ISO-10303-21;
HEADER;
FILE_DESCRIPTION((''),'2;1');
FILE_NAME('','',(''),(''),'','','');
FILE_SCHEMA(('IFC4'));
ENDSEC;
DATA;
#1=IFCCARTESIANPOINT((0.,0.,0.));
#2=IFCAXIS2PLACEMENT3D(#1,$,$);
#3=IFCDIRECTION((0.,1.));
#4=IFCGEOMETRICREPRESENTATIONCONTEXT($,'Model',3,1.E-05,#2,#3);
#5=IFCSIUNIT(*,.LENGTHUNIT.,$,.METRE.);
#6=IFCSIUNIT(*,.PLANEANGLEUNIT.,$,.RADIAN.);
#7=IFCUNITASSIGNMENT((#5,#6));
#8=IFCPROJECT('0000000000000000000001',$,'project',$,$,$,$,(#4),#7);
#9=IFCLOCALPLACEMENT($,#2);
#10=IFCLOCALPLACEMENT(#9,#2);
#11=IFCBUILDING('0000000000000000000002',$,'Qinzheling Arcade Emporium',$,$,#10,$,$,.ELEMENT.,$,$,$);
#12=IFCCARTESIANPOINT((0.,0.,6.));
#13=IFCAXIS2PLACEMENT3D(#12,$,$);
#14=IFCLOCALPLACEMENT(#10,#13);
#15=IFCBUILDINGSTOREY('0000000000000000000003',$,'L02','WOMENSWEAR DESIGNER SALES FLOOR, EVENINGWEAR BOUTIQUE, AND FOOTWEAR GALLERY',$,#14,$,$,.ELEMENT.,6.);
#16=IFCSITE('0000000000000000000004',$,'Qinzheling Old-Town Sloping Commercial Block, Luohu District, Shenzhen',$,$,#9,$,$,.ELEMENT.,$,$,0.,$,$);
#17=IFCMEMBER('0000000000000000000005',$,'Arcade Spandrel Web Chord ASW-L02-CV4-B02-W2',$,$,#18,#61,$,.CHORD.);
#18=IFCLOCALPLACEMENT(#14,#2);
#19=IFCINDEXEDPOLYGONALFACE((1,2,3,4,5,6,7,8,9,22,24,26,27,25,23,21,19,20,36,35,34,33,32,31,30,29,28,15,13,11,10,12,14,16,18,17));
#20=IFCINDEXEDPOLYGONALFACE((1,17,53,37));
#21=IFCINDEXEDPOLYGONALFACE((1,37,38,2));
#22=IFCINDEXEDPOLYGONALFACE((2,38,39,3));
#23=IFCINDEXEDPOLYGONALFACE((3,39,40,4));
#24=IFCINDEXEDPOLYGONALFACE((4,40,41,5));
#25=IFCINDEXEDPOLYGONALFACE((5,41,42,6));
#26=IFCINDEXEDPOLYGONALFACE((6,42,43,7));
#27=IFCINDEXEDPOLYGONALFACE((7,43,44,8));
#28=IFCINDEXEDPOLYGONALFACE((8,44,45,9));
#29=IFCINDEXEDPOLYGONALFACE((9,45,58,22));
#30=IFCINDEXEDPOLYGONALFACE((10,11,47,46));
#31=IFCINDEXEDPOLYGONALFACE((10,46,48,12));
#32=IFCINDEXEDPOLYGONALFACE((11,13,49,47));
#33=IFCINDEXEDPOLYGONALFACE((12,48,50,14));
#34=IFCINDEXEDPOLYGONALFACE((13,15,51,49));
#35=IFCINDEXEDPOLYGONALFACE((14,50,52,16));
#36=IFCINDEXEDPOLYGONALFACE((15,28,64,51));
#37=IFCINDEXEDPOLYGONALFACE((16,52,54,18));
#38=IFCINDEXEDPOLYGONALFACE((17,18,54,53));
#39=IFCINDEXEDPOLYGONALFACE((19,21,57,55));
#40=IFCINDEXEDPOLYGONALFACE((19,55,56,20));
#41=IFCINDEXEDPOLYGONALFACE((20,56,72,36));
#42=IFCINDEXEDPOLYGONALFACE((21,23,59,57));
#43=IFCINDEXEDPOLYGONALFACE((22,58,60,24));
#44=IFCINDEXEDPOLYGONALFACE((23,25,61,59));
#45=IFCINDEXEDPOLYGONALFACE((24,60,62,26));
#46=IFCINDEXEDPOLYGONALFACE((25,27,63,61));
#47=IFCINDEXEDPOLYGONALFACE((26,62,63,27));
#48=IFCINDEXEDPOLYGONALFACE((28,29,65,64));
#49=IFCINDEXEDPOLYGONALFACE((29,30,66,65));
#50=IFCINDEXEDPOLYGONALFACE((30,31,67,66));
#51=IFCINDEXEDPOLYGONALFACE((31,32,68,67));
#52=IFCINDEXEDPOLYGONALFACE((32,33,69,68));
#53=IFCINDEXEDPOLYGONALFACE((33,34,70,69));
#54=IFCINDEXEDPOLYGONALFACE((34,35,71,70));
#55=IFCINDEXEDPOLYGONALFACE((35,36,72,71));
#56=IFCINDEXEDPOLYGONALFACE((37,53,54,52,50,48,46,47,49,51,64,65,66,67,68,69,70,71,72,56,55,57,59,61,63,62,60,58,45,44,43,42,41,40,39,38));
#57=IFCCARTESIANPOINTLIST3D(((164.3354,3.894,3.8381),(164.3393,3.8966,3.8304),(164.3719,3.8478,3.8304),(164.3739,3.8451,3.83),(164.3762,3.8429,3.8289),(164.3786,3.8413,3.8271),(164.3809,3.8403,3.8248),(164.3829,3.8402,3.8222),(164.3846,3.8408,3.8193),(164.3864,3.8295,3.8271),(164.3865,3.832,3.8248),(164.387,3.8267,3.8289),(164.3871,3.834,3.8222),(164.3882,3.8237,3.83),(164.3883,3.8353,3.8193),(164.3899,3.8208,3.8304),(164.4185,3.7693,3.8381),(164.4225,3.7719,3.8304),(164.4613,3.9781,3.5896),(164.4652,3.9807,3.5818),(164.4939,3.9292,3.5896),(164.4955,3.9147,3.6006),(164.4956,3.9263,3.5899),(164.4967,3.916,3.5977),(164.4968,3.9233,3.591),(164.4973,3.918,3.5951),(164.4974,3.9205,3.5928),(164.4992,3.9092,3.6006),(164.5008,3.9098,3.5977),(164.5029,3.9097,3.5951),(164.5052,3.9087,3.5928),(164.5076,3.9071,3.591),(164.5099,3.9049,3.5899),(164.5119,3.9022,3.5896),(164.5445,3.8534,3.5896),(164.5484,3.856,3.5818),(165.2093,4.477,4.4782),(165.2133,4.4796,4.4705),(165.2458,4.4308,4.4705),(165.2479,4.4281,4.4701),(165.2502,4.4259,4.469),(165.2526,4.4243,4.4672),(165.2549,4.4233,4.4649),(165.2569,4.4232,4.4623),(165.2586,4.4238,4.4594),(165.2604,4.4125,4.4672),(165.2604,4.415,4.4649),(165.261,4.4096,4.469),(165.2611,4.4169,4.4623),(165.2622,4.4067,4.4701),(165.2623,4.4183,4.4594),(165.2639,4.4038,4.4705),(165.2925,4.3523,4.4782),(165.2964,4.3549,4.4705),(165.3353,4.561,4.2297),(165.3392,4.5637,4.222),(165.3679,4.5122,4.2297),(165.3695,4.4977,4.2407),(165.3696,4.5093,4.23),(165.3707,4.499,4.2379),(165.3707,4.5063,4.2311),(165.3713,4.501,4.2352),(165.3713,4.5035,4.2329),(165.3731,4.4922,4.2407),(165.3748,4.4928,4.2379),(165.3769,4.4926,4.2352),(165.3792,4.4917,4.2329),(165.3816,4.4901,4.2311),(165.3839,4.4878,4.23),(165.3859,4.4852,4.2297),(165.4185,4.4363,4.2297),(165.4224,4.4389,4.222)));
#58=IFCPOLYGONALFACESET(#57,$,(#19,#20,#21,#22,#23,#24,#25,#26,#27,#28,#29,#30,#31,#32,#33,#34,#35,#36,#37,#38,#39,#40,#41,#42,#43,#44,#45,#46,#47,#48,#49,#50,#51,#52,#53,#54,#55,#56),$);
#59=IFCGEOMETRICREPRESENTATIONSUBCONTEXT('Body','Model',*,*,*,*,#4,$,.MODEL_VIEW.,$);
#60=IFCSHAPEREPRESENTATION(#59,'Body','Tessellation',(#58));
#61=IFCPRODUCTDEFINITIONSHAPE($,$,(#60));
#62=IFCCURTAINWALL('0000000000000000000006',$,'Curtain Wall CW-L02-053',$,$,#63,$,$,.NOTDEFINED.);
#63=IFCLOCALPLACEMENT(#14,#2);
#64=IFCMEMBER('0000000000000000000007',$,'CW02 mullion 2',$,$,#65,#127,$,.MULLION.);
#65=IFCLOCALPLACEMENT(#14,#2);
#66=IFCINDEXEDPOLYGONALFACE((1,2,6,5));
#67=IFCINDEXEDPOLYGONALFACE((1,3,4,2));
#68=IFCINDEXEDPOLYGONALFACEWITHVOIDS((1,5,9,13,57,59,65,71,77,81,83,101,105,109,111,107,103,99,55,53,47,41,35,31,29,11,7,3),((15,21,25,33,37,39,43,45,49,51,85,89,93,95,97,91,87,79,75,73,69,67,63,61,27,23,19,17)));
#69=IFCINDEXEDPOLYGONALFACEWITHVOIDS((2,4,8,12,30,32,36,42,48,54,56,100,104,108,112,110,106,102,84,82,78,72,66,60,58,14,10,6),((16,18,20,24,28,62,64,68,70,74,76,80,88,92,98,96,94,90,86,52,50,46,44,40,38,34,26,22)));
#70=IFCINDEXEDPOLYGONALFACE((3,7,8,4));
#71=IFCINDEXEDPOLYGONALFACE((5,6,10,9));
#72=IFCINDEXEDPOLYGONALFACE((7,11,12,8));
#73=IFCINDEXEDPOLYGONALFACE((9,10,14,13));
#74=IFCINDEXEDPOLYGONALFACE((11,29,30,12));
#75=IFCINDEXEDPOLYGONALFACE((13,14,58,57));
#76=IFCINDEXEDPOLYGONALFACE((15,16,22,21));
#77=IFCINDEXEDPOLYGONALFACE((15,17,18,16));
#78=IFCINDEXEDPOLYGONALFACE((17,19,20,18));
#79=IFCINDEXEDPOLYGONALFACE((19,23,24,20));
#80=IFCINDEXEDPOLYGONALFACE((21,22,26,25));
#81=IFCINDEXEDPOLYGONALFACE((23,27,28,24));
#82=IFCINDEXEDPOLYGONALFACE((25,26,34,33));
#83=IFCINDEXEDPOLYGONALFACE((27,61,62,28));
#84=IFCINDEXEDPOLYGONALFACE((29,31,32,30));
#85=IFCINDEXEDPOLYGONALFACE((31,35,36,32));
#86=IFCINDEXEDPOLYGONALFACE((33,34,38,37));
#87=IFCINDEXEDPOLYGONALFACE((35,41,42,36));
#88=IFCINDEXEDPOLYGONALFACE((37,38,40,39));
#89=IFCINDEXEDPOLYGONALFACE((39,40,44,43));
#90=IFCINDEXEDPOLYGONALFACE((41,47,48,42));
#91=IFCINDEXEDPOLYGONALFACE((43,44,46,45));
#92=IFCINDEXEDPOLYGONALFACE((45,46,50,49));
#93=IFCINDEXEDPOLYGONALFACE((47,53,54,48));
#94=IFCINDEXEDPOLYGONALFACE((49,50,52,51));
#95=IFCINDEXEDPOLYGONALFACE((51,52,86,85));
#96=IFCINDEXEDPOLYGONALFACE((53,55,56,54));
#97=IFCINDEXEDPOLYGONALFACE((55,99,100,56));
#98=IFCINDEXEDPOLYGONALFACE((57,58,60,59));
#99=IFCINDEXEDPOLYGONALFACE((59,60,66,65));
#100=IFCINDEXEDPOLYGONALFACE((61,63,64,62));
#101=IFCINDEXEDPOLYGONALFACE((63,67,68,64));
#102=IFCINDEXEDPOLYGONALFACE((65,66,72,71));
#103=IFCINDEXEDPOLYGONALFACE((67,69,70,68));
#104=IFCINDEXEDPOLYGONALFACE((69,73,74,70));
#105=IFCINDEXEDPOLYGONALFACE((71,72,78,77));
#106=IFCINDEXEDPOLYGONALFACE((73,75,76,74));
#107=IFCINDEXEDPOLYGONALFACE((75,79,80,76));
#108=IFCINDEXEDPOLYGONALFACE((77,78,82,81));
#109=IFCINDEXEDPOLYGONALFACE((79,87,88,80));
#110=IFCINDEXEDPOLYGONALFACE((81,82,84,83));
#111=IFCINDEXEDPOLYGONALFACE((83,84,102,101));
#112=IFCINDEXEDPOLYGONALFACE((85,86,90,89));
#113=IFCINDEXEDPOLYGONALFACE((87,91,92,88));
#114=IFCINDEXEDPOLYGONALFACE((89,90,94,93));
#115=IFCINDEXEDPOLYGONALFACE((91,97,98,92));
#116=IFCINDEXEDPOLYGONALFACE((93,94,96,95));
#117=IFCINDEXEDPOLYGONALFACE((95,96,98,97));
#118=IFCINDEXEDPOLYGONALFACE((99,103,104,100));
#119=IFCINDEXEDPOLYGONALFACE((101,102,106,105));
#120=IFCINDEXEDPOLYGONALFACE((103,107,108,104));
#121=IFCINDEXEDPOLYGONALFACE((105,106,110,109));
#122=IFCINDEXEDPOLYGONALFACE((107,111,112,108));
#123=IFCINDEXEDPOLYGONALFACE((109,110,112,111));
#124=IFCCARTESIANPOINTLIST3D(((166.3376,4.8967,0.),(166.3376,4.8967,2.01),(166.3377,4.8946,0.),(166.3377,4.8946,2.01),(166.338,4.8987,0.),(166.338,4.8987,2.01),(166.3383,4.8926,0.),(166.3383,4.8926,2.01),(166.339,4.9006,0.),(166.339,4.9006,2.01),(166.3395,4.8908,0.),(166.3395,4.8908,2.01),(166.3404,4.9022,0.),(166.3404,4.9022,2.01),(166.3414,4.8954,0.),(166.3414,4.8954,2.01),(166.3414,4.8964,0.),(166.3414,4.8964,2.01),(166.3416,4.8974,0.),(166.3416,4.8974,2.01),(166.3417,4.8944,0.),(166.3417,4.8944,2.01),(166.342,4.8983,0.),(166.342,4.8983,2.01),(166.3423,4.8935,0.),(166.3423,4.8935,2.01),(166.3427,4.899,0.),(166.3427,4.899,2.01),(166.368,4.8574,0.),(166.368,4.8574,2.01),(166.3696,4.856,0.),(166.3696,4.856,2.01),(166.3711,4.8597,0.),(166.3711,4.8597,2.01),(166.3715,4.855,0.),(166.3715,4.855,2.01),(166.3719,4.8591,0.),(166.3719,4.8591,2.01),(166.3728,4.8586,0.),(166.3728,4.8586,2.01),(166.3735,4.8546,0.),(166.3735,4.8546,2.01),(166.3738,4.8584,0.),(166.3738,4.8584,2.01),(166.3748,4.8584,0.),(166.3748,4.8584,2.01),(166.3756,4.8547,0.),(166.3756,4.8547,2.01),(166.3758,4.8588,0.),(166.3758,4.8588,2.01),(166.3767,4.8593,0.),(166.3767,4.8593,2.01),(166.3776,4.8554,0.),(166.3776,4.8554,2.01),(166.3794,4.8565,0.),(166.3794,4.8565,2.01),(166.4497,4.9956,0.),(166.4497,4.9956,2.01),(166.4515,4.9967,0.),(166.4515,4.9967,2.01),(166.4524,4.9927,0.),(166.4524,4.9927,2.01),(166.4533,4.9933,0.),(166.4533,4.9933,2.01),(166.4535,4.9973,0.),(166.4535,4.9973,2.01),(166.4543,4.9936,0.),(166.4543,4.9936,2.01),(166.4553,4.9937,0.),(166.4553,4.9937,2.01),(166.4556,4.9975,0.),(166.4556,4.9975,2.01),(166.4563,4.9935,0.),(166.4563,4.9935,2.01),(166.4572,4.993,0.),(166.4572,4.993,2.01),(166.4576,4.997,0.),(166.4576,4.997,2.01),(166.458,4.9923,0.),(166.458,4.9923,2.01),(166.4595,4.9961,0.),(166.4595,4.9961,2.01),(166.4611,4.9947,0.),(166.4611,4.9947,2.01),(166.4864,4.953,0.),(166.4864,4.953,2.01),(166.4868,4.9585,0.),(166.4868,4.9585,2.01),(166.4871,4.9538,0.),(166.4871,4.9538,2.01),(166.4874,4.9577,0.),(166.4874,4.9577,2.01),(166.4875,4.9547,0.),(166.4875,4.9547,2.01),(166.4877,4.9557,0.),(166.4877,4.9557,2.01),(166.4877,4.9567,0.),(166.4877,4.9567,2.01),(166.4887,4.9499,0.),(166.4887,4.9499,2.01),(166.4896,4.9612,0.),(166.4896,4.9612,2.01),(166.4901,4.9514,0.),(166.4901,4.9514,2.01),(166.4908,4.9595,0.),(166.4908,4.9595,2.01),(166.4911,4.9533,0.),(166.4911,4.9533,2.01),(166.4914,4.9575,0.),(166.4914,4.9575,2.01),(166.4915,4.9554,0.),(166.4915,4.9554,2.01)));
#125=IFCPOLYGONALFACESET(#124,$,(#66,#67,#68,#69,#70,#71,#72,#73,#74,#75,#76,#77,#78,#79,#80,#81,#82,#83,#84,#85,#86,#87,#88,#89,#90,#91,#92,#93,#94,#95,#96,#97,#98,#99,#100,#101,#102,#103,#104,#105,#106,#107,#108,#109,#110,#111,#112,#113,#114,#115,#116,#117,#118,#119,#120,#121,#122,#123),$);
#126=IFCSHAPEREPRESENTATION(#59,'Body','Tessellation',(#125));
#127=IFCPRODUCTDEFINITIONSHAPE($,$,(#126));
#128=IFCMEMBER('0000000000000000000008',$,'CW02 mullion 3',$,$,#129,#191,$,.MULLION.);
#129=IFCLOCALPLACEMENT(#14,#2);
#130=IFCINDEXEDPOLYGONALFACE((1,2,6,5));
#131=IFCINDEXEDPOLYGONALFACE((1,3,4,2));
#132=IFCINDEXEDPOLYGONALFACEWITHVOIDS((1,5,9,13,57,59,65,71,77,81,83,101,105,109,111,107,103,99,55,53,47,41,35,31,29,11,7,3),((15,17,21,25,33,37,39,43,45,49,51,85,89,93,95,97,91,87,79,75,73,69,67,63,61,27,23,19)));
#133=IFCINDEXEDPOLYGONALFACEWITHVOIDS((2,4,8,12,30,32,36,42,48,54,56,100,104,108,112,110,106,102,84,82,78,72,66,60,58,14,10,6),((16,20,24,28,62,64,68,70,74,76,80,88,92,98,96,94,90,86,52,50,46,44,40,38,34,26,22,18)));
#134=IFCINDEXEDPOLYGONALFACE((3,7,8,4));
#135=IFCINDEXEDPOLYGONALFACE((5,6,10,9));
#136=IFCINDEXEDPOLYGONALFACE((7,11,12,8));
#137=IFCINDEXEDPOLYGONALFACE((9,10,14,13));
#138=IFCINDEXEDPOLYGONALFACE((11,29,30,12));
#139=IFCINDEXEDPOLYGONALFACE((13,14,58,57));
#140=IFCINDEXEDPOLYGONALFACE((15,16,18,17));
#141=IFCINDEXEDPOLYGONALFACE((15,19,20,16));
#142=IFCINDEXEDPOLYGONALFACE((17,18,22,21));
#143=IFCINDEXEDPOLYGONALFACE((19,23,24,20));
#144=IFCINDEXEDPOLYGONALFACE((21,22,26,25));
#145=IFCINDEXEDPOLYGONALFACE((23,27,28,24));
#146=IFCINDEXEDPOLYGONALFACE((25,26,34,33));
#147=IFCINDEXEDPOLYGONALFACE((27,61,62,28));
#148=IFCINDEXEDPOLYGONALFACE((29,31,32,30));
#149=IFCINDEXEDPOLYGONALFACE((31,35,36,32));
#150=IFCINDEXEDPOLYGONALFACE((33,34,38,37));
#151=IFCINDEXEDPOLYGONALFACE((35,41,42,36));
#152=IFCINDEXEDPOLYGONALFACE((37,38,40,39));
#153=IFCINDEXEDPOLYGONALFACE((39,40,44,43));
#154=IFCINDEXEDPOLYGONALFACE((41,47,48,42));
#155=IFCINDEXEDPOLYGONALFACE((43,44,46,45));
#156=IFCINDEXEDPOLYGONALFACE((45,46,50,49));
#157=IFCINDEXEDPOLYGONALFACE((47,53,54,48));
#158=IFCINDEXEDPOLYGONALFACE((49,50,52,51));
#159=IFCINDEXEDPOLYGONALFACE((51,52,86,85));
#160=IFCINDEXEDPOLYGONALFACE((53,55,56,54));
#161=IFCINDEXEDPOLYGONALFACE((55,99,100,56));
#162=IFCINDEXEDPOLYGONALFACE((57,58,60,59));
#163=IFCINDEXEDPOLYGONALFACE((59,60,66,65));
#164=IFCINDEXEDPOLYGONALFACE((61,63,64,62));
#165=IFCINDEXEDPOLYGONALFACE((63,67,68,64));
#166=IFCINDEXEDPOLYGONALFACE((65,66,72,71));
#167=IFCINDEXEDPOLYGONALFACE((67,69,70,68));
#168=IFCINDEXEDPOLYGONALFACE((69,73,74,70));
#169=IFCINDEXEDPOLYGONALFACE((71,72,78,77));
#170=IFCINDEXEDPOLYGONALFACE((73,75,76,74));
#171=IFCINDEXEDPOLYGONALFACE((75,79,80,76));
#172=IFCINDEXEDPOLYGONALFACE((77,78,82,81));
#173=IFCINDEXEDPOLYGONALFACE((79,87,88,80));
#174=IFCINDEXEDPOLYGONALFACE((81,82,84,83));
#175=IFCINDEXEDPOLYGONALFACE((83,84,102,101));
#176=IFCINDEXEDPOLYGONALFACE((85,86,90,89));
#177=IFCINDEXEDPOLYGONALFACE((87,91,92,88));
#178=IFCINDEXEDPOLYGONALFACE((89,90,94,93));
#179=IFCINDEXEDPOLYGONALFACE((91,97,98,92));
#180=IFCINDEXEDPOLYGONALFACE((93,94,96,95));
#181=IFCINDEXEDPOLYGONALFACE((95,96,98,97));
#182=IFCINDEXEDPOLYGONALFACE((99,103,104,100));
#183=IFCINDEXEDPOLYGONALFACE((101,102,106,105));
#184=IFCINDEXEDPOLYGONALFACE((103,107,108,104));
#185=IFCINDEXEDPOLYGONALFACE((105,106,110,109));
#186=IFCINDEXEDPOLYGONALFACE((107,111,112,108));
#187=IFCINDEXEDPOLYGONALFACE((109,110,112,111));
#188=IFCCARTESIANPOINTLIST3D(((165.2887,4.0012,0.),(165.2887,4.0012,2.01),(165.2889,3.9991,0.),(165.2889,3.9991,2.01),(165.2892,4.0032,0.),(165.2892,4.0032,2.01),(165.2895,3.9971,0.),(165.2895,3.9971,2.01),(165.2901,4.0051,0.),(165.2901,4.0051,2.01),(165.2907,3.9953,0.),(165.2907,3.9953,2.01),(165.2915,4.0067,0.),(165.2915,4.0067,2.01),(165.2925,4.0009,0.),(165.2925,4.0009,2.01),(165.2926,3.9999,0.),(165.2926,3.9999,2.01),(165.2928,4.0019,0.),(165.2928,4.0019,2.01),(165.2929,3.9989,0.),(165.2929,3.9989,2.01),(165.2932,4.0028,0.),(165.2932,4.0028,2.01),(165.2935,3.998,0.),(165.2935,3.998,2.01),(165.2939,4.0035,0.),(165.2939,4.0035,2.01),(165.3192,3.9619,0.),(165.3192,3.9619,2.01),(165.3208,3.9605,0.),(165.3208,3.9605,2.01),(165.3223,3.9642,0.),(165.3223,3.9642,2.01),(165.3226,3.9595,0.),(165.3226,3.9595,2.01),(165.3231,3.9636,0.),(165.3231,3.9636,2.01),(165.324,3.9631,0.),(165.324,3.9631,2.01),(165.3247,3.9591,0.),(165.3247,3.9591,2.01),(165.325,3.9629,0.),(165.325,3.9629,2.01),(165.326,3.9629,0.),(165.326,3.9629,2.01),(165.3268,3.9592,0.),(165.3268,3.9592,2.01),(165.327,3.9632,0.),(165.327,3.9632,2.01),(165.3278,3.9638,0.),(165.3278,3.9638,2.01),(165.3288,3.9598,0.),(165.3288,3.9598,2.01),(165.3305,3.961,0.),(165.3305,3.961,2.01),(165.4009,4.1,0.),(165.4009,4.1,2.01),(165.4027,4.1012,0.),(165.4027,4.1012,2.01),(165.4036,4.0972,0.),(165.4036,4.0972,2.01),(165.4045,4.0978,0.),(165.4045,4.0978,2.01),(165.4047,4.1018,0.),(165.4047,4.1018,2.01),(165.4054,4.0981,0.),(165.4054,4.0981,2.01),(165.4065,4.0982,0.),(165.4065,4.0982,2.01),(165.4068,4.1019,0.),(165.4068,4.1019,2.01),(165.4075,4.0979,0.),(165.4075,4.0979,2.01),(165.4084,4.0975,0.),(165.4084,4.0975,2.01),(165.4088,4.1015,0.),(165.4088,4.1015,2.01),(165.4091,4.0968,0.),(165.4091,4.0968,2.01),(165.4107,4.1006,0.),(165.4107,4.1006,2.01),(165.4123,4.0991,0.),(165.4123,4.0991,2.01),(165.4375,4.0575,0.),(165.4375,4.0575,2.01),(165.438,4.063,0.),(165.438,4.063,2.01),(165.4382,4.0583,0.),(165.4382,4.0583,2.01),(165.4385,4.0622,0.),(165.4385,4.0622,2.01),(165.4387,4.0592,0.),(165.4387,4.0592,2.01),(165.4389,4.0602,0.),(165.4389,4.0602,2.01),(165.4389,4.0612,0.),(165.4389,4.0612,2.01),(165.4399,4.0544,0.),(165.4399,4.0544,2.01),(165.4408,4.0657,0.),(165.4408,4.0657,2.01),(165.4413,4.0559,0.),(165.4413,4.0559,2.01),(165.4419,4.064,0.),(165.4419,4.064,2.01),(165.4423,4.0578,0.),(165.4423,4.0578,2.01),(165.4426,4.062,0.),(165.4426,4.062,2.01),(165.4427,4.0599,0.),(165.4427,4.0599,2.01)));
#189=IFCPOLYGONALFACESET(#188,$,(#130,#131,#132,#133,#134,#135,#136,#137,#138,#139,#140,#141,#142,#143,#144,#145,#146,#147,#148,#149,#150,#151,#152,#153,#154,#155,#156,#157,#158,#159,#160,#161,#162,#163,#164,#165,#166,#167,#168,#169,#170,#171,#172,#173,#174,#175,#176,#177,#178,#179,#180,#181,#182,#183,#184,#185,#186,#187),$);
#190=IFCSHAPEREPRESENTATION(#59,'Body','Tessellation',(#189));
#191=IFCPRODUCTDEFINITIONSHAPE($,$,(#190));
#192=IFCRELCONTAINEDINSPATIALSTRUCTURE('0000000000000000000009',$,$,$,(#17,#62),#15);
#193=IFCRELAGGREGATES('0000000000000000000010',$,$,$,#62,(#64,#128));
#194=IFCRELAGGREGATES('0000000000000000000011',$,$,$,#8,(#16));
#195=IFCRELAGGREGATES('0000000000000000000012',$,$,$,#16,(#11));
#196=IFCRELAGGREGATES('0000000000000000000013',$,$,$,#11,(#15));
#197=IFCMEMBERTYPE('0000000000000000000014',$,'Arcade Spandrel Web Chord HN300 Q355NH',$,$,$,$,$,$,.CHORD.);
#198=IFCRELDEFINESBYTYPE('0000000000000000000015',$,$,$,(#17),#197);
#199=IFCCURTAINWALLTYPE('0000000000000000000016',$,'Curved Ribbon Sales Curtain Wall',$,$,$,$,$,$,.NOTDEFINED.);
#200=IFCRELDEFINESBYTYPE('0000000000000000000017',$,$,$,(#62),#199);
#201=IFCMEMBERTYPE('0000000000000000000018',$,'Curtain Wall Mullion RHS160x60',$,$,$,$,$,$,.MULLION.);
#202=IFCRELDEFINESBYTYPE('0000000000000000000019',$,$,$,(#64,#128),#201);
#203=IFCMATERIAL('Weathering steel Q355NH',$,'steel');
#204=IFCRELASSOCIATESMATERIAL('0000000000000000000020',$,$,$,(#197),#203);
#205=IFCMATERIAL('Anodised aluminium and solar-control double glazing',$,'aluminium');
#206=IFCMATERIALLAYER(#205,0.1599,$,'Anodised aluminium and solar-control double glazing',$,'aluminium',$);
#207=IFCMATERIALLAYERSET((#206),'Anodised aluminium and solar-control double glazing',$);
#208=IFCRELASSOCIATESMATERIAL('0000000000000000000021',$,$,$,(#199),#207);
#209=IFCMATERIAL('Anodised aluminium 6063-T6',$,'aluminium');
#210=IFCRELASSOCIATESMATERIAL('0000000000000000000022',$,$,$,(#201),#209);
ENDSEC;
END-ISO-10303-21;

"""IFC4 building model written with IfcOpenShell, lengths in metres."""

from ifc_helpers import new_model, si_unit, direction, frame, origin, origin_2d, place, context, subcontext, project, spatial, hollow_rectangle, i_section, extrude, material, layer, layer_set, material_profile, profile_set, type_object, element, aggregate, save


model = new_model("IFC4")

# Units and contexts
model_context = context("Model", 3, precision=1e-05, world=origin(), true_north=direction((0.0, 1.0)))
body_context = subcontext(model_context, "Body", "Model", "MODEL_VIEW")
ifc_project = project(units=[si_unit("LENGTHUNIT", "METRE"), si_unit("PLANEANGLEUNIT", "RADIAN")], contexts=[model_context])

# Site, building, storey
site_placement = place(None, origin())
site = spatial("IfcSite", under=ifc_project, at=site_placement, Name="Qinzheling Old-Town Sloping Commercial Block, Luohu District, Shenzhen", CompositionType="ELEMENT", RefElevation=0.0)
building_placement = place(site_placement, origin())
building = spatial("IfcBuilding", under=site, at=building_placement, Name="Qinzheling Arcade Emporium", CompositionType="ELEMENT")
storey_placement = place(building_placement, frame((0.0, 0.0, 6.0)))
storey = spatial("IfcBuildingStorey", under=building, at=storey_placement, Name="L02", Description="WOMENSWEAR DESIGNER SALES FLOOR, EVENINGWEAR BOUTIQUE, AND FOOTWEAR GALLERY", CompositionType="ELEMENT", Elevation=6.0)

# Shared definitions
ifc_material_1 = material(Name="Weathering steel Q355NH", Category="steel")

# Member
ifc_material_profile_1 = material_profile(ifc_material_1, i_section(OverallWidth=0.1499, OverallDepth=0.3, WebThickness=0.0066, FlangeThickness=0.009, FilletRadius=0.0129, at=origin_2d()), Name="HN 300x150x6.5x9", Category="steel")
ifc_profile_set_1 = profile_set([ifc_material_profile_1], Name="Weathering steel Q355NH")
member_type_1 = type_object("IfcMemberType", Name="Arcade Spandrel Web Chord HN300 Q355NH", PredefinedType="CHORD", material=ifc_profile_set_1)
member_1_placement = place(storey_placement, frame((164.4419, 3.875, 3.71), z_axis=(0.710426, 0.473882, 0.520318), x_axis=(-0.554915, 0.831907, 0.0)))
element("IfcMember", 1, at=member_1_placement, inside=storey, type_object=member_type_1, Name="Arcade Spandrel Web Chord ASW-L02-CV4-B02-W2", PredefinedType="CHORD", context=body_context, shape_type="SweptSolid", body=[
    extrude(i_section(OverallWidth=0.1499, OverallDepth=0.3, WebThickness=0.0066, FlangeThickness=0.009, FilletRadius=0.0129, at=origin_2d()), origin(), (0.0, 0.0, 1.0), 1.2302),
])

# Curtain wall, members
ifc_material_2 = material(Name="Anodised aluminium and solar-control double glazing", Category="aluminium")
ifc_layer_1 = layer(ifc_material_2, 0.1599, Name="Anodised aluminium and solar-control double glazing", Category="aluminium")
ifc_layer_set_1 = layer_set([ifc_layer_1], Name="Anodised aluminium and solar-control double glazing")
curtain_wall_type = type_object("IfcCurtainWallType", Name="Curved Ribbon Sales Curtain Wall", PredefinedType="NOTDEFINED", material=ifc_layer_set_1)
curtain_wall_1_placement = place(storey_placement, origin())
curtain_wall_1 = element("IfcCurtainWall", 2, at=curtain_wall_1_placement, inside=storey, type_object=curtain_wall_type, Name="Curtain Wall CW-L02-053", PredefinedType="NOTDEFINED")
ifc_material_3 = material(Name="Anodised aluminium 6063-T6", Category="aluminium")
ifc_material_profile_2 = material_profile(ifc_material_3, hollow_rectangle(XDim=0.0601, YDim=0.1599, WallThickness=0.0039, InnerFilletRadius=0.0039, OuterFilletRadius=0.0081, at=origin_2d()), Name="RHS 160x60x4", Category="aluminium")
ifc_profile_set_2 = profile_set([ifc_material_profile_2], Name="Anodised aluminium 6063-T6")
member_type_2 = type_object("IfcMemberType", Name="Curtain Wall Mullion RHS160x60", PredefinedType="MULLION", material=ifc_profile_set_2)
member_2_placement = place(storey_placement, frame((166.4146, 4.926, 0.0), z_axis=(0.0, 0.0, 1.0), x_axis=(0.649388, -0.760458, 0.0)))
member_2 = element("IfcMember", 3, at=member_2_placement, type_object=member_type_2, Name="CW02 mullion 2", PredefinedType="MULLION", context=body_context, shape_type="SweptSolid", body=[
    extrude(hollow_rectangle(XDim=0.0601, YDim=0.1599, WallThickness=0.0039, InnerFilletRadius=0.0039, OuterFilletRadius=0.0081, at=origin_2d()), origin(), (0.0, 0.0, 1.0), 2.01),
])
member_3_placement = place(storey_placement, frame((165.3657, 4.0305, 0.0), z_axis=(0.0, 0.0, 1.0), x_axis=(0.649388, -0.760458, 0.0)))
member_3 = element("IfcMember", 4, at=member_3_placement, type_object=member_type_2, Name="CW02 mullion 3", PredefinedType="MULLION", context=body_context, shape_type="SweptSolid", body=[
    extrude(hollow_rectangle(XDim=0.0601, YDim=0.1599, WallThickness=0.0039, InnerFilletRadius=0.0039, OuterFilletRadius=0.0081, at=origin_2d()), origin(), (0.0, 0.0, 1.0), 2.01),
])

aggregate(curtain_wall_1, [member_2, member_3])

save(model, "model.ifc")
